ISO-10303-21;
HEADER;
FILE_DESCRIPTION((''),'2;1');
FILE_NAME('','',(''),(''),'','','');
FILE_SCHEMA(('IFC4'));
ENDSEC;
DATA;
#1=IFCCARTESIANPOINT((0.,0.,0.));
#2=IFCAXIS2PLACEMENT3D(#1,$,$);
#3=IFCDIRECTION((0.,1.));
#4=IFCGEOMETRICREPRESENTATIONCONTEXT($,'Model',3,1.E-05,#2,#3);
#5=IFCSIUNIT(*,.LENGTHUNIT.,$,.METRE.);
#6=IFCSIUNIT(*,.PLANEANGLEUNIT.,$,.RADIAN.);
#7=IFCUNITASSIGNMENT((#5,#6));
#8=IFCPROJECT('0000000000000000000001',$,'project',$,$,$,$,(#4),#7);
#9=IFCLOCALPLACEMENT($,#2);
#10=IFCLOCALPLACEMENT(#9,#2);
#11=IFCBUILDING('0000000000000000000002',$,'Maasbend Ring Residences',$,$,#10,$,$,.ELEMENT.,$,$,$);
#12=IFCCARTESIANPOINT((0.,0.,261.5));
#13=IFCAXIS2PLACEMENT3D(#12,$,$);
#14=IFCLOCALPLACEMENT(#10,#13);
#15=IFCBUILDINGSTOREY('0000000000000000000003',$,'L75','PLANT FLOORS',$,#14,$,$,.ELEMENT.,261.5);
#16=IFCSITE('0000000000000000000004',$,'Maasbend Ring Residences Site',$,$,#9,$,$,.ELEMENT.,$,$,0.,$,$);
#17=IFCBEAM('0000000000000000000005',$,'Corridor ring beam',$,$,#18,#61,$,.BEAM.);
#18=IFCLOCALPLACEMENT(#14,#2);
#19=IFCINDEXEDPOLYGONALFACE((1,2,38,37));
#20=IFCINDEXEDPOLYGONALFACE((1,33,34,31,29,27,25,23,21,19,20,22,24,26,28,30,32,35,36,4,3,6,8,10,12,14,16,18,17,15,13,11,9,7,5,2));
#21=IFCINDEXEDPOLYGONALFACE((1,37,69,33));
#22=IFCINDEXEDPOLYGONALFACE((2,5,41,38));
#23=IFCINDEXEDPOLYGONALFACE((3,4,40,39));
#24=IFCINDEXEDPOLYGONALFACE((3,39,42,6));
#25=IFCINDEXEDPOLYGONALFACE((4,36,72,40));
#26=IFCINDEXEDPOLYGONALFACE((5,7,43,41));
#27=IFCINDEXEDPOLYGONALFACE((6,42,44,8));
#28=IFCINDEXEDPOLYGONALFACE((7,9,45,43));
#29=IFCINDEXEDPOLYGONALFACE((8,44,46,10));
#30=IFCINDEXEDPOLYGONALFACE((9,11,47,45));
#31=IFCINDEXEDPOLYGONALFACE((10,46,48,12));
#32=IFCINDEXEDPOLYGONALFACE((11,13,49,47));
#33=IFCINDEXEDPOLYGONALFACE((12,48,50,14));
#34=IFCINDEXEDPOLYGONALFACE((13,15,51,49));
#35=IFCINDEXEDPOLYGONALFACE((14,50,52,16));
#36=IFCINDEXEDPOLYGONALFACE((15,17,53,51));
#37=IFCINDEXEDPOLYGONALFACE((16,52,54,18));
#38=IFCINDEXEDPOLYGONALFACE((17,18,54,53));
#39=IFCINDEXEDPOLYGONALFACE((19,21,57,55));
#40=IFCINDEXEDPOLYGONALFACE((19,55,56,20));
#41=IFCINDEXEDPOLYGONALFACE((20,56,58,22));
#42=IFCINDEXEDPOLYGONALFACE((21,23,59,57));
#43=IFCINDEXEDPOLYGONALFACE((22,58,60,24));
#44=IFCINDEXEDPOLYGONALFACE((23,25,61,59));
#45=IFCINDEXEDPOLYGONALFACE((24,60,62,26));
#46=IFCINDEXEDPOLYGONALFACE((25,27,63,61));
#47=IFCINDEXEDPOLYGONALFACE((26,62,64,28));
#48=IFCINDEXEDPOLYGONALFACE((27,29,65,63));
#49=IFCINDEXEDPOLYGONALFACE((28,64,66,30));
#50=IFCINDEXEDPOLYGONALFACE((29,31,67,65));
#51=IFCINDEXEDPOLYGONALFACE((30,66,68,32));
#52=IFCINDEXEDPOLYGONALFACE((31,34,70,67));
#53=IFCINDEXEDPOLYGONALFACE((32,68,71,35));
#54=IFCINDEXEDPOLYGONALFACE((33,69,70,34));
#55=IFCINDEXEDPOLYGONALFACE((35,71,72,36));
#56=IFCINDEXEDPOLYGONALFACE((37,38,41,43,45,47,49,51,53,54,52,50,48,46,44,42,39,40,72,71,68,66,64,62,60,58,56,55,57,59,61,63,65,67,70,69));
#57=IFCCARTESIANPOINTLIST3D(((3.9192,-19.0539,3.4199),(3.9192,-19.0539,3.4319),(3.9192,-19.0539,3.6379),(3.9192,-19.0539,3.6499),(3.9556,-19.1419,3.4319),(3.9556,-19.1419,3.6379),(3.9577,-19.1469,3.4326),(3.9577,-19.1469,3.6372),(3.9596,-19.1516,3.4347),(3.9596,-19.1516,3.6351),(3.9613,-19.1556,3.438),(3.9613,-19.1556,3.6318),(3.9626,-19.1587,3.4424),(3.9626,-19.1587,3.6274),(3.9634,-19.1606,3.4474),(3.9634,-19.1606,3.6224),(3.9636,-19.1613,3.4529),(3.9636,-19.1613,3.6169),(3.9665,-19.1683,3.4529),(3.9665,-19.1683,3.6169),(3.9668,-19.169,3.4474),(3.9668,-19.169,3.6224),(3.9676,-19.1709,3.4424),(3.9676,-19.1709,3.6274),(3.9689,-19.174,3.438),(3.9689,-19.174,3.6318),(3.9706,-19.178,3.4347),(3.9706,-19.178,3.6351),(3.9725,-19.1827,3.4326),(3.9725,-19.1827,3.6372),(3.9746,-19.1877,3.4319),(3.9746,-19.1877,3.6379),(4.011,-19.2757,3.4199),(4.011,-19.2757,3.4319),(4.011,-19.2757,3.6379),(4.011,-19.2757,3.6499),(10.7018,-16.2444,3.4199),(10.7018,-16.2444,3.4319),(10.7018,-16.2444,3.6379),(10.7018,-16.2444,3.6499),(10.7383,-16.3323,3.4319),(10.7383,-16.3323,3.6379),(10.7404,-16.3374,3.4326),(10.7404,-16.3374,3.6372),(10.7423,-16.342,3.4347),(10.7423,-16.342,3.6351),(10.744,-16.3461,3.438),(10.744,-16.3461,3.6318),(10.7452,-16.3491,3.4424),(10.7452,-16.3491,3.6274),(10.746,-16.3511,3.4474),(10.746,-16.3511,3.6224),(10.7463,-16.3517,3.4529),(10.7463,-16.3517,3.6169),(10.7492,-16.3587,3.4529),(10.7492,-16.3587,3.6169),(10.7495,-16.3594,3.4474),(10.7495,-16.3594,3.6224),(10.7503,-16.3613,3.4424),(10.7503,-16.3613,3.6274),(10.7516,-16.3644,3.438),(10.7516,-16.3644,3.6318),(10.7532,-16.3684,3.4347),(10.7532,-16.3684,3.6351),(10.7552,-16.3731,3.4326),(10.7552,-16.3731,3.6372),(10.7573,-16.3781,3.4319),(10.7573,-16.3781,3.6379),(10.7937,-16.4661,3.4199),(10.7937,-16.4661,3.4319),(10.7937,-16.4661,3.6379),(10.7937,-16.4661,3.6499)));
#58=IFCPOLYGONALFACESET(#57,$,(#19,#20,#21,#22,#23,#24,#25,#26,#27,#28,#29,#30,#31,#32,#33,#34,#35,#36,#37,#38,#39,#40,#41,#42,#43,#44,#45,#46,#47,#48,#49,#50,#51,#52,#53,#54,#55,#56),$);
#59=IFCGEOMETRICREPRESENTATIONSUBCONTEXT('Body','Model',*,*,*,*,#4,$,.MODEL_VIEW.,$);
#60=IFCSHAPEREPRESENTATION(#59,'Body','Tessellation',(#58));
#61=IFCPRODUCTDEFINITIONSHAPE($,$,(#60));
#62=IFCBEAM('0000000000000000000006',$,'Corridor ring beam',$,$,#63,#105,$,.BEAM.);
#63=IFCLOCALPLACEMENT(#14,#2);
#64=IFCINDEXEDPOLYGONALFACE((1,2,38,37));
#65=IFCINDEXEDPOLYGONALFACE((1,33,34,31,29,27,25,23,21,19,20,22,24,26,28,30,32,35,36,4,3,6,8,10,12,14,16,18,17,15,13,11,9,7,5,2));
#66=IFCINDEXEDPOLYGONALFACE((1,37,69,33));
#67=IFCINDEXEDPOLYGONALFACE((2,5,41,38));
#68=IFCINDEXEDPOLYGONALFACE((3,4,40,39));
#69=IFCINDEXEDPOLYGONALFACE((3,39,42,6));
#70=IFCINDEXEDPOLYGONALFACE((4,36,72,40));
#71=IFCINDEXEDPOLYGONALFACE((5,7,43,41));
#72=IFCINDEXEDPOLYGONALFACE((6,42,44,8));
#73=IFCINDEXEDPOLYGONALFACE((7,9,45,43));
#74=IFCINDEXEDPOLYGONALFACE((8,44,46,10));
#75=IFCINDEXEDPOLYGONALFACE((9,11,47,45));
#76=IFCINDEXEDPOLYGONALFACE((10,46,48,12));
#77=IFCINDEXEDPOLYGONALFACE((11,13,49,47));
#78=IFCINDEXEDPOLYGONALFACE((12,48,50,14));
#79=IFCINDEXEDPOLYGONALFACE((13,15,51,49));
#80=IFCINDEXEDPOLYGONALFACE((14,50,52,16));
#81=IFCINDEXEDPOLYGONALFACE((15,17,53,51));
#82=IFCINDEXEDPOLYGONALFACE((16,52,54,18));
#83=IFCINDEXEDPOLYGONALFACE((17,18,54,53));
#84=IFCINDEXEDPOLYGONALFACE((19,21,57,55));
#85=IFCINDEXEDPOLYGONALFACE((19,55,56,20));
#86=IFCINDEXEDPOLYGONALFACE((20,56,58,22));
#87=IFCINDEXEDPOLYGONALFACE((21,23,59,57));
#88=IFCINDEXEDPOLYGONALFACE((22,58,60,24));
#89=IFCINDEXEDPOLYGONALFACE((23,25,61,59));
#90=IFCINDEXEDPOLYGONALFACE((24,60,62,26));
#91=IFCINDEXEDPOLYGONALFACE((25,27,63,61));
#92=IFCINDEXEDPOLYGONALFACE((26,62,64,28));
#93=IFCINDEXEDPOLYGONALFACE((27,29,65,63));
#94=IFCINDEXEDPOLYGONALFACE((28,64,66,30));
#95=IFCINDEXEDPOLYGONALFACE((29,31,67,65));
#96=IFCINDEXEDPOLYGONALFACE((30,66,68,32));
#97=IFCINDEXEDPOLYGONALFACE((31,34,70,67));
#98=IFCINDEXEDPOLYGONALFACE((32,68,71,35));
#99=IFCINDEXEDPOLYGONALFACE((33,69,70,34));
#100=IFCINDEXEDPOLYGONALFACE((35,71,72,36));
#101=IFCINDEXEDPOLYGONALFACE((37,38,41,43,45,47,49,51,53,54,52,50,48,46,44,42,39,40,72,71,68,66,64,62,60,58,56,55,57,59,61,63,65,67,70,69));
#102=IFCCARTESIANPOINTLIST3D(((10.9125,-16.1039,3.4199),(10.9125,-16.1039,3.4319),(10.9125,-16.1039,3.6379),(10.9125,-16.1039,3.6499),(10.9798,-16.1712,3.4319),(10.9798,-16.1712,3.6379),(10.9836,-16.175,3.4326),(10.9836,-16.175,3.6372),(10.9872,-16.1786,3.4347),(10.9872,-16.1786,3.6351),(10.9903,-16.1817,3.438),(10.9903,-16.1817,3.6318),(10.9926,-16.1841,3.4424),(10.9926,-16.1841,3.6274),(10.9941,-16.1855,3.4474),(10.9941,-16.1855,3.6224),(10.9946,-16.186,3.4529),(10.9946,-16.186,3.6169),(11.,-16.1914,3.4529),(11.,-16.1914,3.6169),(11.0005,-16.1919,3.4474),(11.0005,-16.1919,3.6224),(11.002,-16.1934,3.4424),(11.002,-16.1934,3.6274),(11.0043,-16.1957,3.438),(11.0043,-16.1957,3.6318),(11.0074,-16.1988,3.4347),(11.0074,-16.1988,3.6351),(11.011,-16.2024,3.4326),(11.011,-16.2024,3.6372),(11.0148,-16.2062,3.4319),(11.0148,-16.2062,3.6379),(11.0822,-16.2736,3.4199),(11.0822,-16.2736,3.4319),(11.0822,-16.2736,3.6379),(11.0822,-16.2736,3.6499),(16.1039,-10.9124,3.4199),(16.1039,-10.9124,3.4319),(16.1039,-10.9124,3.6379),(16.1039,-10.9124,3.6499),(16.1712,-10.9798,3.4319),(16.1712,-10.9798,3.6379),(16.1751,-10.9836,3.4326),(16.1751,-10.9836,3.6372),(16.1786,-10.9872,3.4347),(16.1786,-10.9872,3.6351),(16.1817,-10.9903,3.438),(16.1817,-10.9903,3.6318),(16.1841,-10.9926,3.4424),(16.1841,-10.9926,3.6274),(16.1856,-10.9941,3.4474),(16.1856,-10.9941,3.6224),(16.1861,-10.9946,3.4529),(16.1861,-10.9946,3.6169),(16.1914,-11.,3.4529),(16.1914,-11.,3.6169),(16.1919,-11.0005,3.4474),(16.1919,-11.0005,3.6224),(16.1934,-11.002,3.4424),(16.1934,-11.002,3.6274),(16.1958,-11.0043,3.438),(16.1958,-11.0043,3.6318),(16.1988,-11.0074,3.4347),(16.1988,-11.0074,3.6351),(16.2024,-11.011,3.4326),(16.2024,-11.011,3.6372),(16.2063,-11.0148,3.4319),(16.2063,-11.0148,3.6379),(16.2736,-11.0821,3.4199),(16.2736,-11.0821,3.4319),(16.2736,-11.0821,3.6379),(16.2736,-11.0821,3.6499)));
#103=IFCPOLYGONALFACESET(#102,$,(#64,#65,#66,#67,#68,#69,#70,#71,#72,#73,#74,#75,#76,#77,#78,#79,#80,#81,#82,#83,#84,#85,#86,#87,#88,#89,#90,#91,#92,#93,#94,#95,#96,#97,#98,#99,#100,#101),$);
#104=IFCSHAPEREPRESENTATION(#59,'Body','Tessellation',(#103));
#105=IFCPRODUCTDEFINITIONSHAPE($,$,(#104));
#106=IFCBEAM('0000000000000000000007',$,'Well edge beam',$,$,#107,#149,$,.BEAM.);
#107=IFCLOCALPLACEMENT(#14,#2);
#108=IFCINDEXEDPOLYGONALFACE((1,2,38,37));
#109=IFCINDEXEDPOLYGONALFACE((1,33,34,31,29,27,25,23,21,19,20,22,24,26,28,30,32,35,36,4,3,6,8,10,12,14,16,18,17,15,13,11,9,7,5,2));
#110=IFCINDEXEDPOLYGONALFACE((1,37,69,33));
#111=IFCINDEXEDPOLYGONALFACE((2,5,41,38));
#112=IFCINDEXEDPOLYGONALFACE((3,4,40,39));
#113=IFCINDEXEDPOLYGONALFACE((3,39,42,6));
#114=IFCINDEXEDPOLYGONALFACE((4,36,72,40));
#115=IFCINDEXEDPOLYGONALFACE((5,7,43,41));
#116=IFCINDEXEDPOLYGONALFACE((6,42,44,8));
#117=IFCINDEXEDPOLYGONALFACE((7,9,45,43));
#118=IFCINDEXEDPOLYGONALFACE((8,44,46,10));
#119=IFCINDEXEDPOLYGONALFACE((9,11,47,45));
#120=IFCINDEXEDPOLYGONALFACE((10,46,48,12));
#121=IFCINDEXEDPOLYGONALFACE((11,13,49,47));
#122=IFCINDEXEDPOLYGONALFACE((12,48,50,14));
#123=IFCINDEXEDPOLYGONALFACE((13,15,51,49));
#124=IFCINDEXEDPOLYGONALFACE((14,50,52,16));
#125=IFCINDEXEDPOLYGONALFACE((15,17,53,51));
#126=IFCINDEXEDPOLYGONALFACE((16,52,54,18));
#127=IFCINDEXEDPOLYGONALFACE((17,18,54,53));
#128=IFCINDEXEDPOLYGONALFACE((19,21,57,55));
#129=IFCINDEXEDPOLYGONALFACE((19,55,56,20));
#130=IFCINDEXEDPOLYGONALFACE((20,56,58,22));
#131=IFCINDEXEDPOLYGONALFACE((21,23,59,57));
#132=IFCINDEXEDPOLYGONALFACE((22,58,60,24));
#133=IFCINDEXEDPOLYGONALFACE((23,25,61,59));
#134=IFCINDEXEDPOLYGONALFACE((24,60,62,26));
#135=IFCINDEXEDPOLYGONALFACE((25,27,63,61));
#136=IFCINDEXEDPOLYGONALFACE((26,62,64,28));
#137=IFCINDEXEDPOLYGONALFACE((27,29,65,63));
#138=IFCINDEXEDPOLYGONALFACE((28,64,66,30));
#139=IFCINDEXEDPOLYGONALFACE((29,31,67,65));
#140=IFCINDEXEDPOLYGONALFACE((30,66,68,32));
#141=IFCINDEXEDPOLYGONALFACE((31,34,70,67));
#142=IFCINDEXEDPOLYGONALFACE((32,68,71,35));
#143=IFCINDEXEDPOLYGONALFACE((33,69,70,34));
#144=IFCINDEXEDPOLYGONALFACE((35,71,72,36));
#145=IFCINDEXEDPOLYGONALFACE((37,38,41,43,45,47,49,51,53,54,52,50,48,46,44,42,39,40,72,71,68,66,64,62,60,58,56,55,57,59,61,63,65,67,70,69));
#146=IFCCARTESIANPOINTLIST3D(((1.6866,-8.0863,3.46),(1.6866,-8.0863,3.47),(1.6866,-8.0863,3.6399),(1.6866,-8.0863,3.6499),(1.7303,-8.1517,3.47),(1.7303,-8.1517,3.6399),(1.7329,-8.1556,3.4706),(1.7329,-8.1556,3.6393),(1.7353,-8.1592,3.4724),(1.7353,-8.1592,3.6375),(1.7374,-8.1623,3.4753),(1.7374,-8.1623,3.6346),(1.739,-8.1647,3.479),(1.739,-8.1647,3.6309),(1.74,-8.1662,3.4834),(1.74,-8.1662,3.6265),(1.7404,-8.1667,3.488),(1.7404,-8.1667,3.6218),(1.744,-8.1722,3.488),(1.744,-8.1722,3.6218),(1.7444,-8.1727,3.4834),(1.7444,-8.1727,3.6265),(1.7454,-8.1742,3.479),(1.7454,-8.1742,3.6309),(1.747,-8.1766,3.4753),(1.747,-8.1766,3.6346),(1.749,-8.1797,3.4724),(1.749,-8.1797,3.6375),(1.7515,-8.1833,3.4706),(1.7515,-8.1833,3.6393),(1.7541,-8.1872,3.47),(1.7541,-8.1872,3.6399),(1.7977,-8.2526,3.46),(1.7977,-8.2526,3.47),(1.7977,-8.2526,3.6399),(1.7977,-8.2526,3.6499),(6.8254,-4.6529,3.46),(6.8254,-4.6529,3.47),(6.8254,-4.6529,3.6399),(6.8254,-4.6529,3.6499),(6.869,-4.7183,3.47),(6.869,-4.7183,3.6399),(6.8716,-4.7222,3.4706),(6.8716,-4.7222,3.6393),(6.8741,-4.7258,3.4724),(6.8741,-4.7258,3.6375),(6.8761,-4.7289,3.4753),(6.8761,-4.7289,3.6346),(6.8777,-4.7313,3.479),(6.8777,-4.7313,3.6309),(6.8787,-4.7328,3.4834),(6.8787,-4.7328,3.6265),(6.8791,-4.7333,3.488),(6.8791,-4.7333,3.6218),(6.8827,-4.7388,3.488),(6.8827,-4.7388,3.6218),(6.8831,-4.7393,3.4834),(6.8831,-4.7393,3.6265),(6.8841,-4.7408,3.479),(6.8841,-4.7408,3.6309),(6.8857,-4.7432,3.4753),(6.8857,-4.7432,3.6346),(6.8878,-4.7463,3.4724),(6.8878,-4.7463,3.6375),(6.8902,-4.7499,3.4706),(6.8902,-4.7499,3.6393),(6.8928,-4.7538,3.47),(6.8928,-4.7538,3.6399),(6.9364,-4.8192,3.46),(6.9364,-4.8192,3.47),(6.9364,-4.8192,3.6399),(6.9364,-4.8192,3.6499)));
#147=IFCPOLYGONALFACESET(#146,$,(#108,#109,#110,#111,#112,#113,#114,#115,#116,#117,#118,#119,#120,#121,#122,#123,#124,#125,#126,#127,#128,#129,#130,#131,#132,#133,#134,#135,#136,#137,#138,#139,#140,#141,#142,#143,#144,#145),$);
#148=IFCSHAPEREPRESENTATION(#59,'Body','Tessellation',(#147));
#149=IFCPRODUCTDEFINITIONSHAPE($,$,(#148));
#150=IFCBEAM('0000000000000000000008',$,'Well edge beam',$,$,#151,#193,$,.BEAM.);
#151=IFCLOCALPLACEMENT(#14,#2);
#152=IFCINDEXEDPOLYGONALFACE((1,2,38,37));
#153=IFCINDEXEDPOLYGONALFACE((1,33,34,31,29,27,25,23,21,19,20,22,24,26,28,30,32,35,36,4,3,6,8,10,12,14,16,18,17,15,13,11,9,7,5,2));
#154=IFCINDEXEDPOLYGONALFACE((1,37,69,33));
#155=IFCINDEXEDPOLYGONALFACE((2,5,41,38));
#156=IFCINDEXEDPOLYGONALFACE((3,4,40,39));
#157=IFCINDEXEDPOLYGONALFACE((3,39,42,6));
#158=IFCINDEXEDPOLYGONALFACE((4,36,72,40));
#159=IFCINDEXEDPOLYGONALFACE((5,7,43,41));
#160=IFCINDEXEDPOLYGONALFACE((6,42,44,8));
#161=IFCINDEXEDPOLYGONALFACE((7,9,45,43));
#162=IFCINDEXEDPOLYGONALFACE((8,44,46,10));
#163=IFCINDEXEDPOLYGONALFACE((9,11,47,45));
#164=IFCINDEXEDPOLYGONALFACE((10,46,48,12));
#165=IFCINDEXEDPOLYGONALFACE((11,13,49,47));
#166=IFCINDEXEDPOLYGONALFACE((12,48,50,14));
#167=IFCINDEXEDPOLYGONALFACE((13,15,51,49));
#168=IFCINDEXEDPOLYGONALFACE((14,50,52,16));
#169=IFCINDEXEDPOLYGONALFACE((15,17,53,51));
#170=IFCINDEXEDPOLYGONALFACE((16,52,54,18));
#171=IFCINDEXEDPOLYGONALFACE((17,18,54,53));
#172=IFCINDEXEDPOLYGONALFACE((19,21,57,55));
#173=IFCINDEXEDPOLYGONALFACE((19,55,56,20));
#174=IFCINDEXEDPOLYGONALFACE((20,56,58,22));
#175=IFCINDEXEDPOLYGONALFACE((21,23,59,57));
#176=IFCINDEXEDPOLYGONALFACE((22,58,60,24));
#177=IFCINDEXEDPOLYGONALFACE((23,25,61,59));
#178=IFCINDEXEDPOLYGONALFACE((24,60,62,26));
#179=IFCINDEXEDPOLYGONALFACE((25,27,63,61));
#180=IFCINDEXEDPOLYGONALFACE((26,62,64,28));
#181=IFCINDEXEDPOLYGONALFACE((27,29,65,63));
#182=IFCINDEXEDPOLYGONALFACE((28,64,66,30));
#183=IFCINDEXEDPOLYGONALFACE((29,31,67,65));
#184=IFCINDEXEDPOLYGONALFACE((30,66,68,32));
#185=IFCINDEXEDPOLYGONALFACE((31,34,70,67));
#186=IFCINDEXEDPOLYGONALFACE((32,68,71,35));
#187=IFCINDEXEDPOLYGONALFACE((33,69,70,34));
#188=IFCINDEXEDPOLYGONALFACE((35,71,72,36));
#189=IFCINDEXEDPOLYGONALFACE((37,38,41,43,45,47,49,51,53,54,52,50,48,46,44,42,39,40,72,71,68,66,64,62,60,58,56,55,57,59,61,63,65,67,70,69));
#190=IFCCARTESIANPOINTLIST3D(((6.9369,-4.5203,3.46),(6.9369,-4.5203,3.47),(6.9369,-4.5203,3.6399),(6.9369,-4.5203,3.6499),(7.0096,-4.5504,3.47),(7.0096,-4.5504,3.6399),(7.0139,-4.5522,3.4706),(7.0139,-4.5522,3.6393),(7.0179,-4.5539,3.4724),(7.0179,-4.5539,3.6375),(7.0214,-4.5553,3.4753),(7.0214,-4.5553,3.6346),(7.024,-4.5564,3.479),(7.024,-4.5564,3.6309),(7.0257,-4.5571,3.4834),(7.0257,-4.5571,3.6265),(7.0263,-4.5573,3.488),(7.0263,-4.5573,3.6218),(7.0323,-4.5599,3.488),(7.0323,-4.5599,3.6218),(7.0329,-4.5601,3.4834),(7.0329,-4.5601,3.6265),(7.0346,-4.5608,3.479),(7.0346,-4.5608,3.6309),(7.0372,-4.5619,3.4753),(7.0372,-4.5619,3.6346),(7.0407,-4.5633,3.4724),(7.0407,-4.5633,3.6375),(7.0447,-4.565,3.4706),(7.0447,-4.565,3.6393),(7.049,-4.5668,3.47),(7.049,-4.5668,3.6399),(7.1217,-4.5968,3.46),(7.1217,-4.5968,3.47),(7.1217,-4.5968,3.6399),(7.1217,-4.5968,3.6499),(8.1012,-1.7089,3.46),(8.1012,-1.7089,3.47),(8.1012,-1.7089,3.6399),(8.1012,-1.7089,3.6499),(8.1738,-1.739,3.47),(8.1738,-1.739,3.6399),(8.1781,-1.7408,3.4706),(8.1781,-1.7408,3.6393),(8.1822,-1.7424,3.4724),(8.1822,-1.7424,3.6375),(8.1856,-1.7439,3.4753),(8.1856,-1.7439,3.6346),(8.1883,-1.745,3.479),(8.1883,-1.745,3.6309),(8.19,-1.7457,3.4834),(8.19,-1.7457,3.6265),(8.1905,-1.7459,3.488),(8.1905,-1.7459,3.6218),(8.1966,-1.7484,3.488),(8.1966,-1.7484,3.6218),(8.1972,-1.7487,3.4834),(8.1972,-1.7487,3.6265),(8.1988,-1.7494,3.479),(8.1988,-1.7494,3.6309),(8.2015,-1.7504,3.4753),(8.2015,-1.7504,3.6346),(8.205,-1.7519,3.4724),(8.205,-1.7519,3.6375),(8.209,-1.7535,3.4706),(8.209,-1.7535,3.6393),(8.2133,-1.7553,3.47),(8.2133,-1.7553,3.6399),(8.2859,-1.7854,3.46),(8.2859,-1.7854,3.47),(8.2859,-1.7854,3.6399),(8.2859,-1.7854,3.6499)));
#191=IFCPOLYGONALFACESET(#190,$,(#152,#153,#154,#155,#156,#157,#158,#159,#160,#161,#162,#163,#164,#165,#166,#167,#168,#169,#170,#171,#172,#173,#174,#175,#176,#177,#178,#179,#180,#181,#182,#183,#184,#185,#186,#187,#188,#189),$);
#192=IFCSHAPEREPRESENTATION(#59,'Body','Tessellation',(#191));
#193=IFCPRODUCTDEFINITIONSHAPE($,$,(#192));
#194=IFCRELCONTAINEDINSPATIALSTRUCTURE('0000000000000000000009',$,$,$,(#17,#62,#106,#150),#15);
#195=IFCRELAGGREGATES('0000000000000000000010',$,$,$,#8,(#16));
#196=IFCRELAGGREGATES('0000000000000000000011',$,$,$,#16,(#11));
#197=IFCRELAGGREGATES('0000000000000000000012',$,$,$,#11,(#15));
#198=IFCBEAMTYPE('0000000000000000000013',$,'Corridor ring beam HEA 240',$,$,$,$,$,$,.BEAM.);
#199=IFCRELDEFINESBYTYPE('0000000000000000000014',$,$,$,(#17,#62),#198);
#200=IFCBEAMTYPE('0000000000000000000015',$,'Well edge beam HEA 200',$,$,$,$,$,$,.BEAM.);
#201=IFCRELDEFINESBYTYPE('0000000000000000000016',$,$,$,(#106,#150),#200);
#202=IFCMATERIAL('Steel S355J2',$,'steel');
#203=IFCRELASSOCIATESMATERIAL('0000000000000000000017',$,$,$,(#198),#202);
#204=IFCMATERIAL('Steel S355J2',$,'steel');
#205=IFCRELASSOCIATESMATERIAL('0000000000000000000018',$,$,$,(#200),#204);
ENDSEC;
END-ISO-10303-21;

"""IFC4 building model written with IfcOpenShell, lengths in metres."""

from ifc_helpers import new_model, si_unit, direction, frame, origin, origin_2d, place, context, subcontext, project, spatial, i_section, extrude, material, material_profile, profile_set, type_object, element, save


model = new_model("IFC4")

# Units and contexts
model_context = context("Model", 3, precision=1e-05, world=origin(), true_north=direction((0.0, 1.0)))
body_context = subcontext(model_context, "Body", "Model", "MODEL_VIEW")
ifc_project = project(units=[si_unit("LENGTHUNIT", "METRE"), si_unit("PLANEANGLEUNIT", "RADIAN")], contexts=[model_context])

# Site, building, storey
site_placement = place(None, origin())
site = spatial("IfcSite", under=ifc_project, at=site_placement, Name="Maasbend Ring Residences Site", CompositionType="ELEMENT", RefElevation=0.0)
building_placement = place(site_placement, origin())
building = spatial("IfcBuilding", under=site, at=building_placement, Name="Maasbend Ring Residences", CompositionType="ELEMENT")
storey_placement = place(building_placement, frame((0.0, 0.0, 261.5)))
storey = spatial("IfcBuildingStorey", under=building, at=storey_placement, Name="L75", Description="PLANT FLOORS", CompositionType="ELEMENT", Elevation=261.5)

# Beams
ifc_material_1 = material(Name="Steel S355J2", Category="steel")
ifc_material_profile_1 = material_profile(ifc_material_1, i_section(OverallWidth=0.24, OverallDepth=0.23, WebThickness=0.0076, FlangeThickness=0.012, FilletRadius=0.021, at=origin_2d()), Name="HEA 240")
ifc_profile_set_1 = profile_set([ifc_material_profile_1], Name="Steel S355J2")
beam_type_1 = type_object("IfcBeamType", Name="Corridor ring beam HEA 240", PredefinedType="BEAM", material=ifc_profile_set_1)
beam_1_placement = place(storey_placement, frame((3.9651, -19.1648, 3.5349), z_axis=(0.923876, 0.382692, 0.0), x_axis=(-0.382692, 0.923876, 0.0)))
element("IfcBeam", 1, at=beam_1_placement, inside=storey, type_object=beam_type_1, Name="Corridor ring beam", PredefinedType="BEAM", context=body_context, shape_type="SweptSolid", body=[
    extrude(i_section(OverallWidth=0.24, OverallDepth=0.23, WebThickness=0.0076, FlangeThickness=0.012, FilletRadius=0.021, at=origin_2d()), origin(), (0.0, 0.0, 1.0), 7.3416),
])
beam_2_placement = place(storey_placement, frame((10.9973, -16.1887, 3.5349), z_axis=(0.707107, 0.707107, 0.0), x_axis=(-0.707107, 0.707107, 0.0)))
element("IfcBeam", 2, at=beam_2_placement, inside=storey, type_object=beam_type_1, Name="Corridor ring beam", PredefinedType="BEAM", context=body_context, shape_type="SweptSolid", body=[
    extrude(i_section(OverallWidth=0.24, OverallDepth=0.23, WebThickness=0.0076, FlangeThickness=0.012, FilletRadius=0.021, at=origin_2d()), origin(), (0.0, 0.0, 1.0), 7.3418),
])
ifc_material_2 = material(Name="Steel S355J2", Category="steel")
ifc_material_profile_2 = material_profile(ifc_material_2, i_section(OverallWidth=0.2, OverallDepth=0.1899, WebThickness=0.0066, FlangeThickness=0.01, FilletRadius=0.0181, at=origin_2d()), Name="HEA 200")
ifc_profile_set_2 = profile_set([ifc_material_profile_2], Name="Steel S355J2")
beam_type_2 = type_object("IfcBeamType", Name="Well edge beam HEA 200", PredefinedType="BEAM", material=ifc_profile_set_2)
beam_3_placement = place(storey_placement, frame((1.7422, -8.1694, 3.5549), z_axis=(0.831485, 0.555548, 0.0), x_axis=(-0.555548, 0.831485, 0.0)))
element("IfcBeam", 3, at=beam_3_placement, inside=storey, type_object=beam_type_2, Name="Well edge beam", PredefinedType="BEAM", context=body_context, shape_type="SweptSolid", body=[
    extrude(i_section(OverallWidth=0.2, OverallDepth=0.1899, WebThickness=0.0066, FlangeThickness=0.01, FilletRadius=0.0181, at=origin_2d()), origin(), (0.0, 0.0, 1.0), 6.1802),
])
for number, where, z_axis, x_axis, name in (
    (4, (7.0293, -4.5586, 3.5549), (0.382609, 0.92391, 0.0), (-0.92391, 0.382609, 0.0), "Well edge beam"),
):
    element("IfcBeam", number, at=place(storey_placement, frame(where, z_axis=z_axis, x_axis=x_axis)), inside=storey, type_object=beam_type_2, Name=name, PredefinedType="BEAM", context=body_context, shape_type="SweptSolid", body=[
        extrude(i_section(OverallWidth=0.2, OverallDepth=0.1899, WebThickness=0.0066, FlangeThickness=0.01, FilletRadius=0.0181, at=origin_2d()), origin(), (0.0, 0.0, 1.0), 3.043),
    ])

save(model, "model.ifc")
